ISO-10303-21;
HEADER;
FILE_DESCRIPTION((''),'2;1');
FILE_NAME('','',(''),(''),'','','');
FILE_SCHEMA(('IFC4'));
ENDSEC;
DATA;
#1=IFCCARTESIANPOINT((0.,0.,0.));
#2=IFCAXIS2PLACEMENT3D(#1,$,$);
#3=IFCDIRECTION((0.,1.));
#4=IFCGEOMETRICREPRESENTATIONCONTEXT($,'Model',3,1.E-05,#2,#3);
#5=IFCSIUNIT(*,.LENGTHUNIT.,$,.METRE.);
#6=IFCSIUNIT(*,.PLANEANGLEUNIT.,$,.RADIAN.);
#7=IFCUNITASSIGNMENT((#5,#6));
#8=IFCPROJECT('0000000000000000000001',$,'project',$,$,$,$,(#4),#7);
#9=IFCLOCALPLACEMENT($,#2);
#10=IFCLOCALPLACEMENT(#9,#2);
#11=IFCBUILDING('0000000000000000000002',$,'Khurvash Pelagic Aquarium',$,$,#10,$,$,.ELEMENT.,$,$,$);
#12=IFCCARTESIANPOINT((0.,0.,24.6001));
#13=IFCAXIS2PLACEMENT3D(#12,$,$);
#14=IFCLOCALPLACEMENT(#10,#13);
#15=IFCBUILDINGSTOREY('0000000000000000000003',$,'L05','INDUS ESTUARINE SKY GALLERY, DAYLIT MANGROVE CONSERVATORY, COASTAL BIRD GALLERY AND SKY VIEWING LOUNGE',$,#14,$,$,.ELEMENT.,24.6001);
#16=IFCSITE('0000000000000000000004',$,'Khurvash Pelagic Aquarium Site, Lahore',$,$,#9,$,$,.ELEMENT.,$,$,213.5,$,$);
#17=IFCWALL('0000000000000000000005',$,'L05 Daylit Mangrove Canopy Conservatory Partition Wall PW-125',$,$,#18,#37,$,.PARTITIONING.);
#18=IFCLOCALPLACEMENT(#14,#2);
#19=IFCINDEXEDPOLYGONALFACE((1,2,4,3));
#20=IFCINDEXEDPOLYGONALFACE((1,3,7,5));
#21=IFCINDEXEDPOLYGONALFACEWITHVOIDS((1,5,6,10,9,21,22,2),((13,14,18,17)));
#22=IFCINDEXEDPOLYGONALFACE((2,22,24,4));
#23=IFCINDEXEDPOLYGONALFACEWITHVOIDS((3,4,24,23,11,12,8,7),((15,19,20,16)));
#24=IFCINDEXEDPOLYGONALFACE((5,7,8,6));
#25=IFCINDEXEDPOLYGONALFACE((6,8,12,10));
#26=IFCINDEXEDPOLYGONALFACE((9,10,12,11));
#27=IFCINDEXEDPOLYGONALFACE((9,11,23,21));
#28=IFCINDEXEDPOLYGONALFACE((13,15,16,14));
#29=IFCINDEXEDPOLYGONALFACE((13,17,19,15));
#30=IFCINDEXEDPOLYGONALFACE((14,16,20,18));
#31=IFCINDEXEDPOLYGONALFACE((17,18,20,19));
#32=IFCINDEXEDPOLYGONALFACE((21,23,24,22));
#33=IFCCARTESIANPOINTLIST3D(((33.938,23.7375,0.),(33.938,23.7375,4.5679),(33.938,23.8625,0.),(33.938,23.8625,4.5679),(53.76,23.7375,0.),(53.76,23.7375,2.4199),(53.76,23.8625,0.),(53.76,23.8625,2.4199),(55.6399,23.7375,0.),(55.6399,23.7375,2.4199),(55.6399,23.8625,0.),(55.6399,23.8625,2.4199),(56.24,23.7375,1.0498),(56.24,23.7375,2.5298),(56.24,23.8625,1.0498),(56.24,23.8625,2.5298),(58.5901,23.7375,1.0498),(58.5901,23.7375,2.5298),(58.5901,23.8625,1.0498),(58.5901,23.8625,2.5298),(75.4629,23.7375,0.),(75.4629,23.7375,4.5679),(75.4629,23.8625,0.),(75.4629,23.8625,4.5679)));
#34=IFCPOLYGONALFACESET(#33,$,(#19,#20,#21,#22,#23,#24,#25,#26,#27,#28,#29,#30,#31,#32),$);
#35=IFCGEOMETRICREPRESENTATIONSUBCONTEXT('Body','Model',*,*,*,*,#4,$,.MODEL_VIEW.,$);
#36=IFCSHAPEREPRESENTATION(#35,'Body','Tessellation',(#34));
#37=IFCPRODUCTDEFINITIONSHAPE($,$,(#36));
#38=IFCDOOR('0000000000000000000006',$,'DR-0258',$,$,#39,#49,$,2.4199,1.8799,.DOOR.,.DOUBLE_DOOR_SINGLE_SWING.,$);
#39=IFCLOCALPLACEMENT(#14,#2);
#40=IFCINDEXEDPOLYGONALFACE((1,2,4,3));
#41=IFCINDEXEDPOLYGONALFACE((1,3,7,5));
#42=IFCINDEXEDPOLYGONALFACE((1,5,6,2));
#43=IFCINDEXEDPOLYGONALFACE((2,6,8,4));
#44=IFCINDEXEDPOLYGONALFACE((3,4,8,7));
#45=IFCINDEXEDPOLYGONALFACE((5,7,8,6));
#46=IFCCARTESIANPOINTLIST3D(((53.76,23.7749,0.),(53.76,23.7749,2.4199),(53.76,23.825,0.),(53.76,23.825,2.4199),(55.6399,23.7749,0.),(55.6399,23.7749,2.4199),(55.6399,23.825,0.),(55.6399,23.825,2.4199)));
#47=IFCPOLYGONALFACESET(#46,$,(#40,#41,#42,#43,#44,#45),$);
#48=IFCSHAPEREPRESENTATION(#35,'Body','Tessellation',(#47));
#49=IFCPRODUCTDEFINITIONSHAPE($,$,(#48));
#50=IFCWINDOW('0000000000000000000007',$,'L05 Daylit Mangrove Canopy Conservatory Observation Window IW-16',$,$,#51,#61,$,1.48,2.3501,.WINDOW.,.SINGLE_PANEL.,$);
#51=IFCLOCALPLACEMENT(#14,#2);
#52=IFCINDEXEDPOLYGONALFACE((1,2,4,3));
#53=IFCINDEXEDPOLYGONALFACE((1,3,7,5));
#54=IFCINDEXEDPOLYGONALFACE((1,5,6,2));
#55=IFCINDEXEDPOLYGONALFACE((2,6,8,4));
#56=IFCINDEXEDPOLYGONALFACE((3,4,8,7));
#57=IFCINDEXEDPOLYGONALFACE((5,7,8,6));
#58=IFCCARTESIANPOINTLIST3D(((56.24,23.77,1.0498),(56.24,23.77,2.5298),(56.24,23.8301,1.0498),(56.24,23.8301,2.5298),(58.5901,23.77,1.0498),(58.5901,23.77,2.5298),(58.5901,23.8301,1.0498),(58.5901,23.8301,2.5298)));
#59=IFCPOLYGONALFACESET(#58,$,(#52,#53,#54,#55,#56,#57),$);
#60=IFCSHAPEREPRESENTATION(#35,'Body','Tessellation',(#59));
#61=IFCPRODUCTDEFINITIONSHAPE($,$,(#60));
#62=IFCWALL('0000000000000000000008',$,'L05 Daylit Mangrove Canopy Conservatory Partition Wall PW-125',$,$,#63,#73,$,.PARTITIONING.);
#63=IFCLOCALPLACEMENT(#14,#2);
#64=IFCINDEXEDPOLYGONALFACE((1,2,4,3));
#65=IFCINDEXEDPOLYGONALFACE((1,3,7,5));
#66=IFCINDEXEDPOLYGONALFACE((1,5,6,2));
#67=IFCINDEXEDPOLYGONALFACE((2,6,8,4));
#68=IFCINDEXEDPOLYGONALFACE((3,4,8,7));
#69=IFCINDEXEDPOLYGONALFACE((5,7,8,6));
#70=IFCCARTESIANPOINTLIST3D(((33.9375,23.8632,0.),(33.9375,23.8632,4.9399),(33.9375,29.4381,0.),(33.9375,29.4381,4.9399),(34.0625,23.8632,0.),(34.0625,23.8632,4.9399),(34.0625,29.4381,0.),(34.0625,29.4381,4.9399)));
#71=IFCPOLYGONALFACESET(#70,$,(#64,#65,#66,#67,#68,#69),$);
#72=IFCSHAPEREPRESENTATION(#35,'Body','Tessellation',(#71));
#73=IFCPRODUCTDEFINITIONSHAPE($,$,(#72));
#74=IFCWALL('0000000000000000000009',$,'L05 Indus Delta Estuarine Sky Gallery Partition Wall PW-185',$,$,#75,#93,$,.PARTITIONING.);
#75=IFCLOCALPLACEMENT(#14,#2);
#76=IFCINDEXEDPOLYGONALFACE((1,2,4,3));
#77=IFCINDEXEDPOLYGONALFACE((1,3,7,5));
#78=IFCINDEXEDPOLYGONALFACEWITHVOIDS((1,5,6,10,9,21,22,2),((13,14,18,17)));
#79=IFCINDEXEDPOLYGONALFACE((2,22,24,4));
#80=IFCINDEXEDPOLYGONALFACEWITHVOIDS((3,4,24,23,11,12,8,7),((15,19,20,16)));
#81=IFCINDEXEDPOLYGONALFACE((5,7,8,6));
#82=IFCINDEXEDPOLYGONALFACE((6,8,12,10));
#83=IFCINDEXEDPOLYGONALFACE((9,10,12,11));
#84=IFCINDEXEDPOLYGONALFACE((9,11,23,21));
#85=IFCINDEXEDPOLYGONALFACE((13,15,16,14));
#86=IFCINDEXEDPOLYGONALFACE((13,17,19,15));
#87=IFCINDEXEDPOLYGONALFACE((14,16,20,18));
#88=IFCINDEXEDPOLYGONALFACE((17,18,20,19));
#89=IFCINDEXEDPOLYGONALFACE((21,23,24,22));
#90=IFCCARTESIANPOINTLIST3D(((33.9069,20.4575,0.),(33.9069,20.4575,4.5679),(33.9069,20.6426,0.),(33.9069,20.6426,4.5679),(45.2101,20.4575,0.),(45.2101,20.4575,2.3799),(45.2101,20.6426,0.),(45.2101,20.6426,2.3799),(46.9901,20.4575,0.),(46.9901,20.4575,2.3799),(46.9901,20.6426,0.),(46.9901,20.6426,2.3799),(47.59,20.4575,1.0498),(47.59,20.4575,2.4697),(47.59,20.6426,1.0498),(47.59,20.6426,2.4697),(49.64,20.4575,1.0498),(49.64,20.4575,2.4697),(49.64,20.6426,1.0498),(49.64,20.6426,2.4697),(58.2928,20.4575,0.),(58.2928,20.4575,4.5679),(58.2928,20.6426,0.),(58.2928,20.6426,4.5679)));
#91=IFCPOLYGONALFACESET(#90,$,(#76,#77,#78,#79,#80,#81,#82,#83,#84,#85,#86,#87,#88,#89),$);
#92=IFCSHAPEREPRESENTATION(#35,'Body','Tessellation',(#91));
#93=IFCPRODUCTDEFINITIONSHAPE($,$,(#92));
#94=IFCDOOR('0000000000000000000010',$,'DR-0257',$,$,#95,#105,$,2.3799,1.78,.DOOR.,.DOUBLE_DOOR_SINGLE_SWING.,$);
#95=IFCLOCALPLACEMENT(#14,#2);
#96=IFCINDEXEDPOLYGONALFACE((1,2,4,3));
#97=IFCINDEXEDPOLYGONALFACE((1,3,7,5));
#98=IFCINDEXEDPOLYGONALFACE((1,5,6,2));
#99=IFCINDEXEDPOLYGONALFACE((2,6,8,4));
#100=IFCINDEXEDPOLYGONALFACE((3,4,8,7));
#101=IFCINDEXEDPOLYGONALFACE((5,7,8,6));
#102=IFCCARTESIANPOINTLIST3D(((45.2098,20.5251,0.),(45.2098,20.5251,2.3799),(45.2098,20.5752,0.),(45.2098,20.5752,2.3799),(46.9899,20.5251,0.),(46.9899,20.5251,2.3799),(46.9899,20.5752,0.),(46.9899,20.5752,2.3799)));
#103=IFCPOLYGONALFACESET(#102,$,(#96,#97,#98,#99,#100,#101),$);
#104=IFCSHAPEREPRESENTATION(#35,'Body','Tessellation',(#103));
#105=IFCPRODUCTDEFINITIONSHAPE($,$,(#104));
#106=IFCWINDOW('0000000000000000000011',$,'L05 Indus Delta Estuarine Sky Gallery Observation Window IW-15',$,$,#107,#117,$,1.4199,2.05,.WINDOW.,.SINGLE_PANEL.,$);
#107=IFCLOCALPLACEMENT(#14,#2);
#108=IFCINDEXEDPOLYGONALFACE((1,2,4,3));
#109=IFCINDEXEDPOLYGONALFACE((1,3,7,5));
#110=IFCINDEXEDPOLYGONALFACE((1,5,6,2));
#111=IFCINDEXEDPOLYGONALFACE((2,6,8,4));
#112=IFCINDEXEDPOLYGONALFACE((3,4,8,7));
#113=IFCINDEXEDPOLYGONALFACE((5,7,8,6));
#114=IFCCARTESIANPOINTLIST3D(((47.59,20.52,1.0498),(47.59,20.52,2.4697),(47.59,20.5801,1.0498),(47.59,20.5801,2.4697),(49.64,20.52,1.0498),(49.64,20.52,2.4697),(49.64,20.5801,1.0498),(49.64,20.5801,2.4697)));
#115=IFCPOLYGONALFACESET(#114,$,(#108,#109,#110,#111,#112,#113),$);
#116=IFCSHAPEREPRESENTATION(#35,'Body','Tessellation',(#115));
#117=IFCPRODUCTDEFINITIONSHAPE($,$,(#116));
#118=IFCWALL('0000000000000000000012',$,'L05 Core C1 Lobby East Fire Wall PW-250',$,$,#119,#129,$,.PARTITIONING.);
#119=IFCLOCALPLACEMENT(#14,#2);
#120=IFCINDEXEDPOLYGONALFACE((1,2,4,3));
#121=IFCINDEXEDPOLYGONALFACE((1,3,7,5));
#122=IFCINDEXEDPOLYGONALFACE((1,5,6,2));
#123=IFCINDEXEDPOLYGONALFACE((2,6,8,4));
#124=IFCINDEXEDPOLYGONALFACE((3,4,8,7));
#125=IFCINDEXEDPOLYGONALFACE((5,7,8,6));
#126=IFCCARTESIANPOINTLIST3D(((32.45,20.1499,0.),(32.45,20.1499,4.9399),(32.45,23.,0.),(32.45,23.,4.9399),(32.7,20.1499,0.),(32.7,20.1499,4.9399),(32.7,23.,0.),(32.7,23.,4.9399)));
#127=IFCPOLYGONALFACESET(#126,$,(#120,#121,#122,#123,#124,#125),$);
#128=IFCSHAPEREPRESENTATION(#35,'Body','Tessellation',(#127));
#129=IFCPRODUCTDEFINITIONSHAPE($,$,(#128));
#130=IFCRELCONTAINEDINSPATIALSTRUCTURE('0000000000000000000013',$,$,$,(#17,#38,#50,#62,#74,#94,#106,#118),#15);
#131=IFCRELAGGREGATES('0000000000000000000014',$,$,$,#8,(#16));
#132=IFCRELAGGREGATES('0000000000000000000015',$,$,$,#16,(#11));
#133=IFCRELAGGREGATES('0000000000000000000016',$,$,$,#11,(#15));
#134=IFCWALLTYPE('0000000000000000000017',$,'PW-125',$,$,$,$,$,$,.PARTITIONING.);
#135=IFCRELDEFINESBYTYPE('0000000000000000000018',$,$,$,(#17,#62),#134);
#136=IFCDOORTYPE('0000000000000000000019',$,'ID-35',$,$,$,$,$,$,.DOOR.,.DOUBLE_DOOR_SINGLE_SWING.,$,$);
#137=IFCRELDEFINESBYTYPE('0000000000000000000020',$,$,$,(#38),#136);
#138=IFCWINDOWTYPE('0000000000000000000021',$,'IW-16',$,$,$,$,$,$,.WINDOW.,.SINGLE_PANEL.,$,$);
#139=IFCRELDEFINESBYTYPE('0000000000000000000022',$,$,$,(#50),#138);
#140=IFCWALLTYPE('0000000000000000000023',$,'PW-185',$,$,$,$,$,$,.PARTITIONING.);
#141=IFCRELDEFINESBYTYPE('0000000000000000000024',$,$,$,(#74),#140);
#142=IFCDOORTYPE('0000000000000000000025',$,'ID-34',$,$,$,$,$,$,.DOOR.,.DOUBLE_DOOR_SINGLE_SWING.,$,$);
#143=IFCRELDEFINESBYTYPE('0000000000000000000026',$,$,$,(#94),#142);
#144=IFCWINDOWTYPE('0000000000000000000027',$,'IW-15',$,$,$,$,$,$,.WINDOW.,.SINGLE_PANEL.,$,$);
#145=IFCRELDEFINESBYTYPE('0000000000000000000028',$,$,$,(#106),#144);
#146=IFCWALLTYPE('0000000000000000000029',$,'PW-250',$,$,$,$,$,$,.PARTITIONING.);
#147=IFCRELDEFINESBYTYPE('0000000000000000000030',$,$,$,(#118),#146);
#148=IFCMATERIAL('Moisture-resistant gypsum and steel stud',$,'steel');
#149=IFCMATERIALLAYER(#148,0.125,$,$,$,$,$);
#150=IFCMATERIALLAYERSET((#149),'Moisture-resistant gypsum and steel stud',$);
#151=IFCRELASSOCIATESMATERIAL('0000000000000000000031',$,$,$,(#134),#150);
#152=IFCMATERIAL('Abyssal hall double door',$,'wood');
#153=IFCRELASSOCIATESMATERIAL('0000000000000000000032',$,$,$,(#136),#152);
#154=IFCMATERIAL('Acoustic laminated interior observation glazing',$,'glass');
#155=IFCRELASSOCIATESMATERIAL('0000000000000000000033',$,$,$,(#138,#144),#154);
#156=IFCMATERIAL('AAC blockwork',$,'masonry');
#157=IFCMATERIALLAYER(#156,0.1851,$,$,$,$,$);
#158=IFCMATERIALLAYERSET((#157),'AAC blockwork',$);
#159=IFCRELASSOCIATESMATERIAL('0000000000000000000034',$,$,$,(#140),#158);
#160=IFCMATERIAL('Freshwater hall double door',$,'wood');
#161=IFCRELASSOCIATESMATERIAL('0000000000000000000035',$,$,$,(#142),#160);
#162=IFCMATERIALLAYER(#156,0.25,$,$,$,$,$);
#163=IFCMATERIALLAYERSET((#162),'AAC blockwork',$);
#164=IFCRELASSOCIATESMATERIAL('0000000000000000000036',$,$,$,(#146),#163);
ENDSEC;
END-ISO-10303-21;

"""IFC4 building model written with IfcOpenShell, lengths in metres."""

from ifc_helpers import new_model, si_unit, direction, frame, frame_2d, origin, place, context, subcontext, project, spatial, rectangle, extrude, material, layer, layer_set, type_object, element, fill, save


model = new_model("IFC4")

# Units and contexts
model_context = context("Model", 3, precision=1e-05, world=origin(), true_north=direction((0.0, 1.0)))
body_context = subcontext(model_context, "Body", "Model", "MODEL_VIEW")
ifc_project = project(units=[si_unit("LENGTHUNIT", "METRE"), si_unit("PLANEANGLEUNIT", "RADIAN")], contexts=[model_context])

# Site, building, storey
site_placement = place(None, origin())
site = spatial("IfcSite", under=ifc_project, at=site_placement, Name="Khurvash Pelagic Aquarium Site, Lahore", CompositionType="ELEMENT", RefElevation=213.5)
building_placement = place(site_placement, origin())
building = spatial("IfcBuilding", under=site, at=building_placement, Name="Khurvash Pelagic Aquarium", CompositionType="ELEMENT")
storey_placement = place(building_placement, frame((0.0, 0.0, 24.6001)))
storey = spatial("IfcBuildingStorey", under=building, at=storey_placement, Name="L05", Description="INDUS ESTUARINE SKY GALLERY, DAYLIT MANGROVE CONSERVATORY, COASTAL BIRD GALLERY AND SKY VIEWING LOUNGE", CompositionType="ELEMENT", Elevation=24.6001)

# Wall, openings, door, window
ifc_material_1 = material(Name="Moisture-resistant gypsum and steel stud", Category="steel")
ifc_layer_1 = layer(ifc_material_1, 0.125)
ifc_layer_set_1 = layer_set([ifc_layer_1], Name="Moisture-resistant gypsum and steel stud")
wall_type_1 = type_object("IfcWallType", Name="PW-125", PredefinedType="PARTITIONING", material=ifc_layer_set_1)
wall_1_placement = place(storey_placement, frame((33.938, 23.8, 0.0), z_axis=(0.0, 0.0, 1.0), x_axis=(1.0, 0.0, 0.0)))
wall_1 = element("IfcWall", 1, at=wall_1_placement, inside=storey, type_object=wall_type_1, Name="L05 Daylit Mangrove Canopy Conservatory Partition Wall PW-125", PredefinedType="PARTITIONING", context=body_context, shape_type="SweptSolid", body=[
    extrude(rectangle(XDim=41.5249, YDim=0.125, at=frame_2d((20.7625, 0.0))), origin(), (0.0, 0.0, 1.0), 4.5679),
])
opening_1_placement = place(wall_1_placement, frame((19.822, 0.0, 0.0)))
opening_1 = element("IfcOpeningElement", 2, at=opening_1_placement, cuts=wall_1, PredefinedType="OPENING", context=body_context, shape_type="SweptSolid", body=[
    extrude(rectangle(XDim=1.8799, YDim=2.4199, at=frame_2d((0.9399, 1.21))), frame((0.0, 0.0725, 0.0), z_axis=(0.0, -1.0, 0.0), x_axis=(1.0, 0.0, 0.0)), (0.0, 0.0, 1.0), 0.145),
])
opening_2_placement = place(wall_1_placement, frame((22.302, 0.0, 1.0498)))
opening_2 = element("IfcOpeningElement", 3, at=opening_2_placement, cuts=wall_1, PredefinedType="OPENING", context=body_context, shape_type="SweptSolid", body=[
    extrude(rectangle(XDim=2.3501, YDim=1.48, at=frame_2d((1.175, 0.74))), frame((0.0, 0.0725, 0.0), z_axis=(0.0, -1.0, 0.0), x_axis=(1.0, 0.0, 0.0)), (0.0, 0.0, 1.0), 0.145),
])
ifc_material_2 = material(Name="Abyssal hall double door", Category="wood")
door_type_1 = type_object("IfcDoorType", Name="ID-35", OperationType="DOUBLE_DOOR_SINGLE_SWING", PredefinedType="DOOR", material=ifc_material_2)
door_1_placement = place(opening_1_placement, origin())
door_1 = element("IfcDoor", 4, at=door_1_placement, inside=storey, type_object=door_type_1, Name="DR-0258", OperationType="DOUBLE_DOOR_SINGLE_SWING", OverallHeight=2.4199, OverallWidth=1.8799, PredefinedType="DOOR", context=body_context, shape_type="SweptSolid", body=[
    extrude(rectangle(XDim=1.8799, YDim=2.4199, at=frame_2d((0.9399, 1.21))), frame((0.0, 0.0249, 0.0), z_axis=(0.0, -1.0, 0.0), x_axis=(1.0, 0.0, 0.0)), (0.0, 0.0, 1.0), 0.05),
])
fill(opening_1, door_1)
ifc_material_3 = material(Name="Acoustic laminated interior observation glazing", Category="glass")
window_type_1 = type_object("IfcWindowType", Name="IW-16", PartitioningType="SINGLE_PANEL", PredefinedType="WINDOW", material=ifc_material_3)
window_1_placement = place(opening_2_placement, origin())
window_1 = element("IfcWindow", 5, at=window_1_placement, inside=storey, type_object=window_type_1, Name="L05 Daylit Mangrove Canopy Conservatory Observation Window IW-16", OverallHeight=1.48, OverallWidth=2.3501, PartitioningType="SINGLE_PANEL", PredefinedType="WINDOW", context=body_context, shape_type="SweptSolid", body=[
    extrude(rectangle(XDim=2.3501, YDim=1.48, at=frame_2d((1.175, 0.74))), frame((0.0, 0.03, 0.0), z_axis=(0.0, -1.0, 0.0), x_axis=(1.0, 0.0, 0.0)), (0.0, 0.0, 1.0), 0.0601),
])
fill(opening_2, window_1)

# Wall
wall_2_placement = place(storey_placement, frame((34.0, 23.863, 0.0), z_axis=(0.0, 0.0, 1.0), x_axis=(0.0, 1.0, 0.0)))
element("IfcWall", 6, at=wall_2_placement, inside=storey, type_object=wall_type_1, Name="L05 Daylit Mangrove Canopy Conservatory Partition Wall PW-125", PredefinedType="PARTITIONING", context=body_context, shape_type="SweptSolid", body=[
    extrude(rectangle(XDim=5.575, YDim=0.125, at=frame_2d((2.7876, 0.0))), origin(), (0.0, 0.0, 1.0), 4.9399),
])

# Wall, openings, door, window
ifc_material_4 = material(Name="AAC blockwork", Category="masonry")
ifc_layer_2 = layer(ifc_material_4, 0.1851)
ifc_layer_set_2 = layer_set([ifc_layer_2], Name="AAC blockwork")
wall_type_2 = type_object("IfcWallType", Name="PW-185", PredefinedType="PARTITIONING", material=ifc_layer_set_2)
wall_3_placement = place(storey_placement, frame((33.907, 20.55, 0.0), z_axis=(0.0, 0.0, 1.0), x_axis=(1.0, 0.0, 0.0)))
wall_3 = element("IfcWall", 7, at=wall_3_placement, inside=storey, type_object=wall_type_2, Name="L05 Indus Delta Estuarine Sky Gallery Partition Wall PW-185", PredefinedType="PARTITIONING", context=body_context, shape_type="SweptSolid", body=[
    extrude(rectangle(XDim=24.386, YDim=0.1851, at=frame_2d((12.1929, 0.0))), origin(), (0.0, 0.0, 1.0), 4.5679),
])
opening_3_placement = place(wall_3_placement, frame((11.303, 0.0, 0.0)))
opening_3 = element("IfcOpeningElement", 8, at=opening_3_placement, cuts=wall_3, PredefinedType="OPENING", context=body_context, shape_type="SweptSolid", body=[
    extrude(rectangle(XDim=1.78, YDim=2.3799, at=frame_2d((0.8901, 1.1899))), frame((0.0, 0.1025, 0.0), z_axis=(0.0, -1.0, 0.0), x_axis=(1.0, 0.0, 0.0)), (0.0, 0.0, 1.0), 0.2051),
])
opening_4_placement = place(wall_3_placement, frame((13.6831, 0.0, 1.0498)))
opening_4 = element("IfcOpeningElement", 9, at=opening_4_placement, cuts=wall_3, PredefinedType="OPENING", context=body_context, shape_type="SweptSolid", body=[
    extrude(rectangle(XDim=2.05, YDim=1.4199, at=frame_2d((1.0249, 0.71))), frame((0.0, 0.1025, 0.0), z_axis=(0.0, -1.0, 0.0), x_axis=(1.0, 0.0, 0.0)), (0.0, 0.0, 1.0), 0.2051),
])
ifc_material_5 = material(Name="Freshwater hall double door", Category="wood")
door_type_2 = type_object("IfcDoorType", Name="ID-34", OperationType="DOUBLE_DOOR_SINGLE_SWING", PredefinedType="DOOR", material=ifc_material_5)
door_2_placement = place(opening_3_placement, frame((1.78, 0.0, 0.0), z_axis=(0.0, 0.0, 1.0), x_axis=(-1.0, 0.0, 0.0)))
door_2 = element("IfcDoor", 10, at=door_2_placement, inside=storey, type_object=door_type_2, Name="DR-0257", OperationType="DOUBLE_DOOR_SINGLE_SWING", OverallHeight=2.3799, OverallWidth=1.78, PredefinedType="DOOR", context=body_context, shape_type="SweptSolid", body=[
    extrude(rectangle(XDim=1.78, YDim=2.3799, at=frame_2d((0.8901, 1.1899))), frame((0.0, 0.0249, 0.0), z_axis=(0.0, -1.0, 0.0), x_axis=(1.0, 0.0, 0.0)), (0.0, 0.0, 1.0), 0.05),
])
fill(opening_3, door_2)
window_type_2 = type_object("IfcWindowType", Name="IW-15", PartitioningType="SINGLE_PANEL", PredefinedType="WINDOW", material=ifc_material_3)
window_2_placement = place(opening_4_placement, origin())
window_2 = element("IfcWindow", 11, at=window_2_placement, inside=storey, type_object=window_type_2, Name="L05 Indus Delta Estuarine Sky Gallery Observation Window IW-15", OverallHeight=1.4199, OverallWidth=2.05, PartitioningType="SINGLE_PANEL", PredefinedType="WINDOW", context=body_context, shape_type="SweptSolid", body=[
    extrude(rectangle(XDim=2.05, YDim=1.4199, at=frame_2d((1.0249, 0.71))), frame((0.0, 0.03, 0.0), z_axis=(0.0, -1.0, 0.0), x_axis=(1.0, 0.0, 0.0)), (0.0, 0.0, 1.0), 0.0601),
])
fill(opening_4, window_2)

# Wall
ifc_layer_3 = layer(ifc_material_4, 0.25)
ifc_layer_set_3 = layer_set([ifc_layer_3], Name="AAC blockwork")
wall_type_3 = type_object("IfcWallType", Name="PW-250", PredefinedType="PARTITIONING", material=ifc_layer_set_3)
wall_4_placement = place(storey_placement, frame((32.575, 20.1499, 0.0), z_axis=(0.0, 0.0, 1.0), x_axis=(0.0, 1.0, 0.0)))
element("IfcWall", 12, at=wall_4_placement, inside=storey, type_object=wall_type_3, Name="L05 Core C1 Lobby East Fire Wall PW-250", PredefinedType="PARTITIONING", context=body_context, shape_type="SweptSolid", body=[
    extrude(rectangle(XDim=2.8501, YDim=0.25, at=frame_2d((1.425, 0.0))), origin(), (0.0, 0.0, 1.0), 4.9399),
])

save(model, "model.ifc")
